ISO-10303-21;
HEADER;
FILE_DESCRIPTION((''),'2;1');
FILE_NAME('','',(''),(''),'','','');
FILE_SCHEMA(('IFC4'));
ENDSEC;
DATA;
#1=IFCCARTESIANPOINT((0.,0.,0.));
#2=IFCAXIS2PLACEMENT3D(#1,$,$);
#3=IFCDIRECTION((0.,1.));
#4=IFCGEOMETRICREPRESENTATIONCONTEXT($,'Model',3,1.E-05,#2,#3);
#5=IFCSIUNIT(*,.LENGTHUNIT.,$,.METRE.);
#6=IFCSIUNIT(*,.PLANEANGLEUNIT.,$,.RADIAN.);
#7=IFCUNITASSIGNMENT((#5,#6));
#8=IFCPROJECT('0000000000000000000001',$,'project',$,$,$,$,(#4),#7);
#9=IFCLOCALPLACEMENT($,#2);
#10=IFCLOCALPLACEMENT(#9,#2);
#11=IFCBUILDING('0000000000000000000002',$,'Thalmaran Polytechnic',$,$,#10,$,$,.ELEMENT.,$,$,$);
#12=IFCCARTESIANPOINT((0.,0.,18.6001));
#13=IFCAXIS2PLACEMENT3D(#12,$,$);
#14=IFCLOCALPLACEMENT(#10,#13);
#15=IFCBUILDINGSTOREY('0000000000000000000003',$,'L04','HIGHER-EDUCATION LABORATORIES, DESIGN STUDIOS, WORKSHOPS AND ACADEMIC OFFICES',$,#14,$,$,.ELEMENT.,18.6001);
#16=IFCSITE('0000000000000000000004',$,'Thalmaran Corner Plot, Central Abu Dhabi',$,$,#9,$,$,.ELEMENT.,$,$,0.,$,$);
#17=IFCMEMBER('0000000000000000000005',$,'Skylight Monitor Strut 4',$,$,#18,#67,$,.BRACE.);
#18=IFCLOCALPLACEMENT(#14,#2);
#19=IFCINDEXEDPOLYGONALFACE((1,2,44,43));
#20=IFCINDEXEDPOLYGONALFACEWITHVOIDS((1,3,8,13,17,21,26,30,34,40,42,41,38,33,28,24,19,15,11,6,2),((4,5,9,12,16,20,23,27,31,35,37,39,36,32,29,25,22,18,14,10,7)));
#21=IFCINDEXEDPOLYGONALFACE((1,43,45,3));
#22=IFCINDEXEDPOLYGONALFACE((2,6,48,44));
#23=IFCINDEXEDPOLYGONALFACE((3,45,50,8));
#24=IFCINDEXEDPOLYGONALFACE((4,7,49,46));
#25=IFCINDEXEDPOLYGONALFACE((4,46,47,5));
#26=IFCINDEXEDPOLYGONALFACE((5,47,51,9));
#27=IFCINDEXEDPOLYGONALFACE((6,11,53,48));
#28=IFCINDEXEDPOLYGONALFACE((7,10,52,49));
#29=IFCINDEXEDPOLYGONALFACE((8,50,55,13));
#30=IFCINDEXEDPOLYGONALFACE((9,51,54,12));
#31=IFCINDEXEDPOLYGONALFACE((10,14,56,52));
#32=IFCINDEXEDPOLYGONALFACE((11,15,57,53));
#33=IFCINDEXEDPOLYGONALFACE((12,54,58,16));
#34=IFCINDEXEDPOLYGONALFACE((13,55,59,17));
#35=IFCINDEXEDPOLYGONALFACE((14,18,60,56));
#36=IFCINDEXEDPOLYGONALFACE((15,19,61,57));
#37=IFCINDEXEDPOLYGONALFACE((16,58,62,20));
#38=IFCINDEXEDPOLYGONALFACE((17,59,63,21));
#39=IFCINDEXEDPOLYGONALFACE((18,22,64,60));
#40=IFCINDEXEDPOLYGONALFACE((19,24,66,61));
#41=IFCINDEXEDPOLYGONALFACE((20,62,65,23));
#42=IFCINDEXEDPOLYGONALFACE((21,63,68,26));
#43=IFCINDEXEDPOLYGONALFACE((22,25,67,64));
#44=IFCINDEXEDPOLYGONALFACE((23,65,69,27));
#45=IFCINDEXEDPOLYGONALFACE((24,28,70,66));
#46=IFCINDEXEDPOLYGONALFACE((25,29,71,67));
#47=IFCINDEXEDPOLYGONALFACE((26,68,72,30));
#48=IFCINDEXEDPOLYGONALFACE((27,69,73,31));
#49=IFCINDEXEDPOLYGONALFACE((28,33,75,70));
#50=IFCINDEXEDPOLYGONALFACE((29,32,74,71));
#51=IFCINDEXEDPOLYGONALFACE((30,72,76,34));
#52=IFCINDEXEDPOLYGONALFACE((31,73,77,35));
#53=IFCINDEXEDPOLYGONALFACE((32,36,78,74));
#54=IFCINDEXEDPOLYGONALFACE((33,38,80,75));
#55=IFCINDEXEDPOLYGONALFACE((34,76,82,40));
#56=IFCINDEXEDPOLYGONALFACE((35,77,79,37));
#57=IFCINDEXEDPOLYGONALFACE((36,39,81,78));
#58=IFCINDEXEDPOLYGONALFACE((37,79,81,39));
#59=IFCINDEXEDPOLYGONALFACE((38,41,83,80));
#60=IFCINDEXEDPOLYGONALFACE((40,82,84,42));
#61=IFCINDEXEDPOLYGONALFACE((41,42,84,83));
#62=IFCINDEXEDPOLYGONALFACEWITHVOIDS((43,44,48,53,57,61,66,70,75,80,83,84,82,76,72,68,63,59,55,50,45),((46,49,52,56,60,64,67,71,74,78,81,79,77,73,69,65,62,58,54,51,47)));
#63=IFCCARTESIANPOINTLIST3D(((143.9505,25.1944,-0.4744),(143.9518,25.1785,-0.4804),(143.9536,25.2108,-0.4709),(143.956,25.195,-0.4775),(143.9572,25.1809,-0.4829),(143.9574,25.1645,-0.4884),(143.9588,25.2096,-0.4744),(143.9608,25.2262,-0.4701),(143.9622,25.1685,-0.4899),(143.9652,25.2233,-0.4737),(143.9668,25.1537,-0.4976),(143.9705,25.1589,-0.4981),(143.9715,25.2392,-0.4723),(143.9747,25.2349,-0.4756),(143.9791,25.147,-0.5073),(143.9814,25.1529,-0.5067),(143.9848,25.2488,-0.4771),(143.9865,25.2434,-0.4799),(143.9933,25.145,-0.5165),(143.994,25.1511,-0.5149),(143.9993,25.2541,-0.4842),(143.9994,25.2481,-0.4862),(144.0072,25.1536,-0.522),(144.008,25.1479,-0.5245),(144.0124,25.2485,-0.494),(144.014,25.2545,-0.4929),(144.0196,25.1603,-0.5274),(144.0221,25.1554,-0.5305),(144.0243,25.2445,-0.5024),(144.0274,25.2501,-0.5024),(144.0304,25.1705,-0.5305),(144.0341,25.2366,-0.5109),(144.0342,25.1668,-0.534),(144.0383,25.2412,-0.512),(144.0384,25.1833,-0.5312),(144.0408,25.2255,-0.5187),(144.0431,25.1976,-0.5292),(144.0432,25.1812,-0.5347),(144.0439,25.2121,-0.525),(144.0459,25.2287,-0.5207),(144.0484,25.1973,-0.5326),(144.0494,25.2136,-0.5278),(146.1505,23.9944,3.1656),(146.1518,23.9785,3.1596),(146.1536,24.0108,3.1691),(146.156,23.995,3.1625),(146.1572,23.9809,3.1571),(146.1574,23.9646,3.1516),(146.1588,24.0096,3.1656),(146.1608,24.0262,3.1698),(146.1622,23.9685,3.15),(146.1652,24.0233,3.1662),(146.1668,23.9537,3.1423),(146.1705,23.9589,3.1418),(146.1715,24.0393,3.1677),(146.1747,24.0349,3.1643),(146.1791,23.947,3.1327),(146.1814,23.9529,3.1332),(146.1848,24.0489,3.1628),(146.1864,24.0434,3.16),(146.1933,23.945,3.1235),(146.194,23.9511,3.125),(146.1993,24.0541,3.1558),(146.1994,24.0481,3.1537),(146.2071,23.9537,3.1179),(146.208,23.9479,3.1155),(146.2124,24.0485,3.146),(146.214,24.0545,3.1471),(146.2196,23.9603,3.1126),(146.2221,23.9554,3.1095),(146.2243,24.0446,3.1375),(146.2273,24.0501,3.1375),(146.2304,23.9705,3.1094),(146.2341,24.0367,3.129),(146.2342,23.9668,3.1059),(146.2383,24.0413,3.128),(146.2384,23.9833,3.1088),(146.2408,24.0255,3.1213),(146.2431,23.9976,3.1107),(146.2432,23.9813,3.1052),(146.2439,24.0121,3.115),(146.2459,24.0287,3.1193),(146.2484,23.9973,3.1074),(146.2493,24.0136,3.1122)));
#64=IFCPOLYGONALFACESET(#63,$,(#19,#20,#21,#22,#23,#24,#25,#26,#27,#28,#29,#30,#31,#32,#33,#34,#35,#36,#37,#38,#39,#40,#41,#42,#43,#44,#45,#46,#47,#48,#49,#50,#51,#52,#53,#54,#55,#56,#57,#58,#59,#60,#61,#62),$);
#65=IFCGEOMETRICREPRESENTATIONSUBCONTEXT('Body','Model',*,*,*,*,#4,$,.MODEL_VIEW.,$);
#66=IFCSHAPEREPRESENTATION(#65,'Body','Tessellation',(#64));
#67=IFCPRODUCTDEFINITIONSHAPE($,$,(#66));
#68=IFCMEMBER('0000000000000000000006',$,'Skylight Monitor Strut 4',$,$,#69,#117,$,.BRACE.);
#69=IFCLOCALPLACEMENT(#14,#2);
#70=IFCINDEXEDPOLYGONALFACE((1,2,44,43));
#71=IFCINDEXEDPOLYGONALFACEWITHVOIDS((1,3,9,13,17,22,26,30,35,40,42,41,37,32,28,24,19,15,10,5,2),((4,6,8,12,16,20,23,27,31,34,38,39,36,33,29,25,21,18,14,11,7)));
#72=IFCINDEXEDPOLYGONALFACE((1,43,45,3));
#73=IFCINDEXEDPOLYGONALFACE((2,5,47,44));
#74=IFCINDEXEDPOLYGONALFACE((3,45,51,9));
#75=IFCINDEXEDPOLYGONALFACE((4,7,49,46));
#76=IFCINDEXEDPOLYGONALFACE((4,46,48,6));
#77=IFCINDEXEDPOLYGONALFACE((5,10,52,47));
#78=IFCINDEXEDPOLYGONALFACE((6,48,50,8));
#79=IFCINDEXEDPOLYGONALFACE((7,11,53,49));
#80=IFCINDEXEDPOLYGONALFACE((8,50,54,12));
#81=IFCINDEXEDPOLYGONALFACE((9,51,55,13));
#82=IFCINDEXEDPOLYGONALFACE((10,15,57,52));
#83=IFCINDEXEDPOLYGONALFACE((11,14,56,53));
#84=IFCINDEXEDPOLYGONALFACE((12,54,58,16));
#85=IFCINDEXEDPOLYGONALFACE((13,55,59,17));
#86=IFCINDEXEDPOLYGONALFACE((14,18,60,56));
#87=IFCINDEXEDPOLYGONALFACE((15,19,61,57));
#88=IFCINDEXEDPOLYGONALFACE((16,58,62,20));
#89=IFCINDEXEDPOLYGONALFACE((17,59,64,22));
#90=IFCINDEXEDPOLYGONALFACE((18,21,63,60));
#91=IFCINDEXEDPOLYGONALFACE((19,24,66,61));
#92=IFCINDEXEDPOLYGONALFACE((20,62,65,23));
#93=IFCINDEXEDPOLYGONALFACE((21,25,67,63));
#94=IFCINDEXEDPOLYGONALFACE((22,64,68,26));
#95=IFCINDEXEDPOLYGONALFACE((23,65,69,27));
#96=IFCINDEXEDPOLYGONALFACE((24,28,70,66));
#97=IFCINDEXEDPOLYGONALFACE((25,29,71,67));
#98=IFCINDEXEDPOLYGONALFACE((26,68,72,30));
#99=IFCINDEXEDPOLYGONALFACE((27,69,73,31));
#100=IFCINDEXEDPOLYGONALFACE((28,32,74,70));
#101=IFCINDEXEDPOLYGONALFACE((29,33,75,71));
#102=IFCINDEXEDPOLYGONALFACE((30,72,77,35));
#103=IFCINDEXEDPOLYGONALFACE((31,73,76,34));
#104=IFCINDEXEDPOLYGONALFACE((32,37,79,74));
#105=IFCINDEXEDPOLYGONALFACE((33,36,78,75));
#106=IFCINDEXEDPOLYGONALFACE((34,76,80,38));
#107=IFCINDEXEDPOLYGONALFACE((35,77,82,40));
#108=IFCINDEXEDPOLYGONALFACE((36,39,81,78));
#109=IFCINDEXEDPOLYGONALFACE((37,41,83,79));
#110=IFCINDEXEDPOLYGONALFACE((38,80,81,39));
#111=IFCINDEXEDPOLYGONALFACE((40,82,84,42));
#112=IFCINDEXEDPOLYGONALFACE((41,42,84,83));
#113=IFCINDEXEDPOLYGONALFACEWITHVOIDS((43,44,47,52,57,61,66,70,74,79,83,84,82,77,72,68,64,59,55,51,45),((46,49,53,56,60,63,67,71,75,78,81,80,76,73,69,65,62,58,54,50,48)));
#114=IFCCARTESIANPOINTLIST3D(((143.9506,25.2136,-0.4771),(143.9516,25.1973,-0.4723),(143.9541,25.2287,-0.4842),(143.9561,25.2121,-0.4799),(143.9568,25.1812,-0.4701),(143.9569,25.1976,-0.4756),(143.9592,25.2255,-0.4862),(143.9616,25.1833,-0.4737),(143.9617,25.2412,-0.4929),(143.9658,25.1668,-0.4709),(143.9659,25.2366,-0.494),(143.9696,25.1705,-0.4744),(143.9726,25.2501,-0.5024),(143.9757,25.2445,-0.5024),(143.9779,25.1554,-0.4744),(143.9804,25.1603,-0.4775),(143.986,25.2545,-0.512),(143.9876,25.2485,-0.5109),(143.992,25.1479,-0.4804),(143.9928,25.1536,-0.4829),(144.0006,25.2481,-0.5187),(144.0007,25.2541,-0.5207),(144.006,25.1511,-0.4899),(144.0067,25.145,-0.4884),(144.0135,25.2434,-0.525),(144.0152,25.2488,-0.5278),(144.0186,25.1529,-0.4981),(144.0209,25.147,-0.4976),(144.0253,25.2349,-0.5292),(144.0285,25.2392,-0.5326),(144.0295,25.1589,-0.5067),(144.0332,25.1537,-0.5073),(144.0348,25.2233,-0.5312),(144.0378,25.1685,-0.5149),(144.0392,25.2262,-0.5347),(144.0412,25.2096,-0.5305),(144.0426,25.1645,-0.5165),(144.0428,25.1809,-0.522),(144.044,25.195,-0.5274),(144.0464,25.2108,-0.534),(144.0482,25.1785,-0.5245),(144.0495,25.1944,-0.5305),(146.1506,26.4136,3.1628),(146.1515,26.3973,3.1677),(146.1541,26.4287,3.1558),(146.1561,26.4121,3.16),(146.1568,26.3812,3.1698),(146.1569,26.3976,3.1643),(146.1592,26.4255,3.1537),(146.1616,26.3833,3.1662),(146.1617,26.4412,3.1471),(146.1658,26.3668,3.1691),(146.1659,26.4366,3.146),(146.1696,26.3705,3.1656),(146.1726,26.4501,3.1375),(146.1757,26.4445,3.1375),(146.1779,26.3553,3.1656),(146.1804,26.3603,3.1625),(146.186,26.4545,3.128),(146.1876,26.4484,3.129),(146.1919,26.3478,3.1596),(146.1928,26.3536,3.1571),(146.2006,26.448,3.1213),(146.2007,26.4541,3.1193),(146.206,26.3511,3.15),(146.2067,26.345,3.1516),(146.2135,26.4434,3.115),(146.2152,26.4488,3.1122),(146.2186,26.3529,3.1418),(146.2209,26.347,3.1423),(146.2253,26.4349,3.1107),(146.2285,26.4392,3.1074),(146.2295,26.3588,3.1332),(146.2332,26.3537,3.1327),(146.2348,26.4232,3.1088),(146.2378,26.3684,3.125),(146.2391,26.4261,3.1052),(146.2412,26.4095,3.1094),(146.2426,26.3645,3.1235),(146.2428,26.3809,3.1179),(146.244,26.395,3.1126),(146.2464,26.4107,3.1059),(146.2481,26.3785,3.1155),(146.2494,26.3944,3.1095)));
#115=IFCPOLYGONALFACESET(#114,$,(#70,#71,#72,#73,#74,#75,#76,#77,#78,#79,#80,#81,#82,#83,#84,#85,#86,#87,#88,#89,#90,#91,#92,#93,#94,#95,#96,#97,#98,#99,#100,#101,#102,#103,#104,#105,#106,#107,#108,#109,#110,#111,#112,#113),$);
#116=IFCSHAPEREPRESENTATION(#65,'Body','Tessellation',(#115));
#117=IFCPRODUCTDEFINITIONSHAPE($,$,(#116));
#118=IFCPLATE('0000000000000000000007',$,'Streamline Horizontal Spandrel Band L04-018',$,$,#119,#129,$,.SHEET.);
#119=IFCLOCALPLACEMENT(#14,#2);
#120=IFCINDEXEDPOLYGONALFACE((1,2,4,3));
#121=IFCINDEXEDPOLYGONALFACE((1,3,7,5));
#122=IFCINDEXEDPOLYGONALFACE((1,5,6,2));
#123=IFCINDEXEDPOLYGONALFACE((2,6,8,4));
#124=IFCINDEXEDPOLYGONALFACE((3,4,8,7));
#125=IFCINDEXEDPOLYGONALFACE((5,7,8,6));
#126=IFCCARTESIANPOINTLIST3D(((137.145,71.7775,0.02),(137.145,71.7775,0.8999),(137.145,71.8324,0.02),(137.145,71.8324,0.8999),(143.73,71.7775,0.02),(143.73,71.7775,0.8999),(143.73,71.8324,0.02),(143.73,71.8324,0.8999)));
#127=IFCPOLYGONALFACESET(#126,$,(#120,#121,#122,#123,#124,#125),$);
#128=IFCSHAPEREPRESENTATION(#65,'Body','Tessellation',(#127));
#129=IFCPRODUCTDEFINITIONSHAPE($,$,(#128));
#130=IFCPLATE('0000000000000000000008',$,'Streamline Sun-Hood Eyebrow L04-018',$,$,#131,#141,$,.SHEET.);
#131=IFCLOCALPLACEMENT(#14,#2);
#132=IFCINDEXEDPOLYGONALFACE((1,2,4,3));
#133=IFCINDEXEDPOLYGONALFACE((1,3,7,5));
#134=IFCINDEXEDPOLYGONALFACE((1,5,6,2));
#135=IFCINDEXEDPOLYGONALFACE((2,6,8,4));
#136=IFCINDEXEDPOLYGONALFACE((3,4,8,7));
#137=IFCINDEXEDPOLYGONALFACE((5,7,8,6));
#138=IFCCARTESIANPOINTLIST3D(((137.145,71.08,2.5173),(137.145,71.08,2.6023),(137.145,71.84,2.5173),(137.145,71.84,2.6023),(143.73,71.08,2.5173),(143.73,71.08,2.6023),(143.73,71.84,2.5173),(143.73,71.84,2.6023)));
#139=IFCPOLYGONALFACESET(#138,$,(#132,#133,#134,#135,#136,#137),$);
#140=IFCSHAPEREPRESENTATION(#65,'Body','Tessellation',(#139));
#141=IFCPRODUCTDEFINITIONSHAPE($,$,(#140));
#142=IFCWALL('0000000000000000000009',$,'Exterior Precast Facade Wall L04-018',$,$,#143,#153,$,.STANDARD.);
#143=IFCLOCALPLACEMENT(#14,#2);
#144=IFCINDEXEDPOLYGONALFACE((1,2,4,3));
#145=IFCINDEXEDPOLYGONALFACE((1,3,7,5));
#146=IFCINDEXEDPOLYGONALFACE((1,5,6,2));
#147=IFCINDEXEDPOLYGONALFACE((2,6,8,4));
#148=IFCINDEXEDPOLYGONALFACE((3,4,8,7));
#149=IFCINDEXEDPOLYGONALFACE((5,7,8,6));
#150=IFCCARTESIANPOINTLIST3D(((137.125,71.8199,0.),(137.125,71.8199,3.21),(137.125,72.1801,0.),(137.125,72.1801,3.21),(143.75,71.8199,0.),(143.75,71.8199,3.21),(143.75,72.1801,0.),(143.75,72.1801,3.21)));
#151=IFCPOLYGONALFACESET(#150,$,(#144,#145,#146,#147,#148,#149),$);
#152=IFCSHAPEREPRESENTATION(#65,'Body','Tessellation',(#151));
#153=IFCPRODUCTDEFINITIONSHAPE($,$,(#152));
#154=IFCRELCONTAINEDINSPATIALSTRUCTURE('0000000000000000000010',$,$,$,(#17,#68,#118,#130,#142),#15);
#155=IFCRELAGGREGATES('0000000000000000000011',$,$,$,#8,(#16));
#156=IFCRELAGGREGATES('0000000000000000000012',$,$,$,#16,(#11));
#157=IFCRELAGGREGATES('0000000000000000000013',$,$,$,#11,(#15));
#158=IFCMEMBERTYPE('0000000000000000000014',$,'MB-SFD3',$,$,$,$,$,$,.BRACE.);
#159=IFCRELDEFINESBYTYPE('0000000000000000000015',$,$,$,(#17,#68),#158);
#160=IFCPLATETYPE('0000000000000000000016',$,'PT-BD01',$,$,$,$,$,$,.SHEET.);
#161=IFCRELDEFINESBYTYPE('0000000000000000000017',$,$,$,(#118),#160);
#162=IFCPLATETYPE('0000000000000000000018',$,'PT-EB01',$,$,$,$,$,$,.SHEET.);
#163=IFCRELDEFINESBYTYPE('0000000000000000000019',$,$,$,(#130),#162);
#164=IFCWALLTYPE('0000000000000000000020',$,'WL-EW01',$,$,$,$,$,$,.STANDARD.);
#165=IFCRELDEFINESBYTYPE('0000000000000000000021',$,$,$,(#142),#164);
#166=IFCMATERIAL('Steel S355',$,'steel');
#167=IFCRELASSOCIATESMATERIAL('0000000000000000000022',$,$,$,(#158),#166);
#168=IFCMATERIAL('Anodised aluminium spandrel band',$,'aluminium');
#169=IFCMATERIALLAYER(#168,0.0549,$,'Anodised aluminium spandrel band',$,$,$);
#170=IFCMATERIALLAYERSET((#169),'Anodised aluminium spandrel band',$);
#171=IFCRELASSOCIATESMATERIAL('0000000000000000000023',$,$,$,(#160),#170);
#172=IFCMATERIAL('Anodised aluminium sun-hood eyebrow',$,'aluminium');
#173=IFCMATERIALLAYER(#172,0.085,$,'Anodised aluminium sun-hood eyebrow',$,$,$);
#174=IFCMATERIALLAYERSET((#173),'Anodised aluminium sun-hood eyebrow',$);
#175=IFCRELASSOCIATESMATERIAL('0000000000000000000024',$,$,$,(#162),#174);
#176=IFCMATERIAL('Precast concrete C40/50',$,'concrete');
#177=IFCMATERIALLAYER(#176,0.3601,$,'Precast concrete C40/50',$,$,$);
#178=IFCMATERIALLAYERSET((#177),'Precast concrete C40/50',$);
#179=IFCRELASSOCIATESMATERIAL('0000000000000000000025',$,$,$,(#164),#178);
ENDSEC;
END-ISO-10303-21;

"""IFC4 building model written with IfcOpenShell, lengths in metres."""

from ifc_helpers import new_model, si_unit, direction, frame, frame_2d, origin, origin_2d, place, context, subcontext, project, spatial, rectangle, hollow_circle, extrude, material, layer, layer_set, material_profile, profile_set, type_object, element, save


model = new_model("IFC4")

# Units and contexts
model_context = context("Model", 3, precision=1e-05, world=origin(), true_north=direction((0.0, 1.0)))
body_context = subcontext(model_context, "Body", "Model", "MODEL_VIEW")
ifc_project = project(units=[si_unit("LENGTHUNIT", "METRE"), si_unit("PLANEANGLEUNIT", "RADIAN")], contexts=[model_context])

# Site, building, storey
site_placement = place(None, origin())
site = spatial("IfcSite", under=ifc_project, at=site_placement, Name="Thalmaran Corner Plot, Central Abu Dhabi", CompositionType="ELEMENT", RefElevation=0.0)
building_placement = place(site_placement, origin())
building = spatial("IfcBuilding", under=site, at=building_placement, Name="Thalmaran Polytechnic", CompositionType="ELEMENT")
storey_placement = place(building_placement, frame((0.0, 0.0, 18.6001)))
storey = spatial("IfcBuildingStorey", under=building, at=storey_placement, Name="L04", Description="HIGHER-EDUCATION LABORATORIES, DESIGN STUDIOS, WORKSHOPS AND ACADEMIC OFFICES", CompositionType="ELEMENT", Elevation=18.6001)

# Members
ifc_material_1 = material(Name="Steel S355", Category="steel")
ifc_material_profile_1 = material_profile(ifc_material_1, hollow_circle(Radius=0.0571, WallThickness=0.0063, at=origin_2d()), Name="CHS 114.3x6.3")
ifc_profile_set_1 = profile_set([ifc_material_profile_1], Name="Steel S355")
member_type = type_object("IfcMemberType", Name="MB-SFD3", PredefinedType="BRACE", material=ifc_profile_set_1)
for number, where, z_axis, x_axis, name in (
    (1, (144.0, 25.2, -0.5024), (0.497827, -0.271537, 0.823672), (0.478845, 0.877899, 0.0), "Skylight Monitor Strut 4"),
    (2, (144.0, 25.2, -0.5024), (0.497827, 0.271537, 0.823672), (-0.478845, 0.877899, 0.0), "Skylight Monitor Strut 4"),
):
    element("IfcMember", number, at=place(storey_placement, frame(where, z_axis=z_axis, x_axis=x_axis)), inside=storey, type_object=member_type, Name=name, PredefinedType="BRACE", context=body_context, shape_type="SweptSolid", body=[
        extrude(hollow_circle(Radius=0.0571, WallThickness=0.0063, at=origin_2d()), origin(), (0.0, 0.0, 1.0), 4.4192),
    ])

# Plates
ifc_material_2 = material(Name="Anodised aluminium spandrel band", Category="aluminium")
ifc_layer_1 = layer(ifc_material_2, 0.0549, Name="Anodised aluminium spandrel band")
ifc_layer_set_1 = layer_set([ifc_layer_1], Name="Anodised aluminium spandrel band")
plate_type_1 = type_object("IfcPlateType", Name="PT-BD01", PredefinedType="SHEET", material=ifc_layer_set_1)
plate_1_placement = place(storey_placement, frame((140.4375, 71.8049, 0.02), z_axis=(0.0, 0.0, 1.0), x_axis=(-1.0, 0.0, 0.0)))
element("IfcPlate", 3, at=plate_1_placement, inside=storey, type_object=plate_type_1, Name="Streamline Horizontal Spandrel Band L04-018", PredefinedType="SHEET", context=body_context, shape_type="SweptSolid", body=[
    extrude(rectangle(XDim=6.585, YDim=0.0549, at=origin_2d()), origin(), (0.0, 0.0, 1.0), 0.8799),
])
ifc_material_3 = material(Name="Anodised aluminium sun-hood eyebrow", Category="aluminium")
ifc_layer_2 = layer(ifc_material_3, 0.085, Name="Anodised aluminium sun-hood eyebrow")
ifc_layer_set_2 = layer_set([ifc_layer_2], Name="Anodised aluminium sun-hood eyebrow")
plate_type_2 = type_object("IfcPlateType", Name="PT-EB01", PredefinedType="SHEET", material=ifc_layer_set_2)
plate_2_placement = place(storey_placement, frame((140.4375, 71.46, 2.5173), z_axis=(0.0, 0.0, 1.0), x_axis=(-1.0, 0.0, 0.0)))
element("IfcPlate", 4, at=plate_2_placement, inside=storey, type_object=plate_type_2, Name="Streamline Sun-Hood Eyebrow L04-018", PredefinedType="SHEET", context=body_context, shape_type="SweptSolid", body=[
    extrude(rectangle(XDim=6.585, YDim=0.76, at=origin_2d()), origin(), (0.0, 0.0, 1.0), 0.085),
])

# Wall
ifc_material_4 = material(Name="Precast concrete C40/50", Category="concrete")
ifc_layer_3 = layer(ifc_material_4, 0.3601, Name="Precast concrete C40/50")
ifc_layer_set_3 = layer_set([ifc_layer_3], Name="Precast concrete C40/50")
wall_type = type_object("IfcWallType", Name="WL-EW01", PredefinedType="STANDARD", material=ifc_layer_set_3)
wall_placement = place(storey_placement, frame((143.75, 72.0, 0.0), z_axis=(0.0, 0.0, 1.0), x_axis=(-1.0, 0.0, 0.0)))
element("IfcWall", 5, at=wall_placement, inside=storey, type_object=wall_type, Name="Exterior Precast Facade Wall L04-018", PredefinedType="STANDARD", context=body_context, shape_type="SweptSolid", body=[
    extrude(rectangle(XDim=6.625, YDim=0.3601, at=frame_2d((3.3125, 0.0))), origin(), (0.0, 0.0, 1.0), 3.21),
])

save(model, "model.ifc")
